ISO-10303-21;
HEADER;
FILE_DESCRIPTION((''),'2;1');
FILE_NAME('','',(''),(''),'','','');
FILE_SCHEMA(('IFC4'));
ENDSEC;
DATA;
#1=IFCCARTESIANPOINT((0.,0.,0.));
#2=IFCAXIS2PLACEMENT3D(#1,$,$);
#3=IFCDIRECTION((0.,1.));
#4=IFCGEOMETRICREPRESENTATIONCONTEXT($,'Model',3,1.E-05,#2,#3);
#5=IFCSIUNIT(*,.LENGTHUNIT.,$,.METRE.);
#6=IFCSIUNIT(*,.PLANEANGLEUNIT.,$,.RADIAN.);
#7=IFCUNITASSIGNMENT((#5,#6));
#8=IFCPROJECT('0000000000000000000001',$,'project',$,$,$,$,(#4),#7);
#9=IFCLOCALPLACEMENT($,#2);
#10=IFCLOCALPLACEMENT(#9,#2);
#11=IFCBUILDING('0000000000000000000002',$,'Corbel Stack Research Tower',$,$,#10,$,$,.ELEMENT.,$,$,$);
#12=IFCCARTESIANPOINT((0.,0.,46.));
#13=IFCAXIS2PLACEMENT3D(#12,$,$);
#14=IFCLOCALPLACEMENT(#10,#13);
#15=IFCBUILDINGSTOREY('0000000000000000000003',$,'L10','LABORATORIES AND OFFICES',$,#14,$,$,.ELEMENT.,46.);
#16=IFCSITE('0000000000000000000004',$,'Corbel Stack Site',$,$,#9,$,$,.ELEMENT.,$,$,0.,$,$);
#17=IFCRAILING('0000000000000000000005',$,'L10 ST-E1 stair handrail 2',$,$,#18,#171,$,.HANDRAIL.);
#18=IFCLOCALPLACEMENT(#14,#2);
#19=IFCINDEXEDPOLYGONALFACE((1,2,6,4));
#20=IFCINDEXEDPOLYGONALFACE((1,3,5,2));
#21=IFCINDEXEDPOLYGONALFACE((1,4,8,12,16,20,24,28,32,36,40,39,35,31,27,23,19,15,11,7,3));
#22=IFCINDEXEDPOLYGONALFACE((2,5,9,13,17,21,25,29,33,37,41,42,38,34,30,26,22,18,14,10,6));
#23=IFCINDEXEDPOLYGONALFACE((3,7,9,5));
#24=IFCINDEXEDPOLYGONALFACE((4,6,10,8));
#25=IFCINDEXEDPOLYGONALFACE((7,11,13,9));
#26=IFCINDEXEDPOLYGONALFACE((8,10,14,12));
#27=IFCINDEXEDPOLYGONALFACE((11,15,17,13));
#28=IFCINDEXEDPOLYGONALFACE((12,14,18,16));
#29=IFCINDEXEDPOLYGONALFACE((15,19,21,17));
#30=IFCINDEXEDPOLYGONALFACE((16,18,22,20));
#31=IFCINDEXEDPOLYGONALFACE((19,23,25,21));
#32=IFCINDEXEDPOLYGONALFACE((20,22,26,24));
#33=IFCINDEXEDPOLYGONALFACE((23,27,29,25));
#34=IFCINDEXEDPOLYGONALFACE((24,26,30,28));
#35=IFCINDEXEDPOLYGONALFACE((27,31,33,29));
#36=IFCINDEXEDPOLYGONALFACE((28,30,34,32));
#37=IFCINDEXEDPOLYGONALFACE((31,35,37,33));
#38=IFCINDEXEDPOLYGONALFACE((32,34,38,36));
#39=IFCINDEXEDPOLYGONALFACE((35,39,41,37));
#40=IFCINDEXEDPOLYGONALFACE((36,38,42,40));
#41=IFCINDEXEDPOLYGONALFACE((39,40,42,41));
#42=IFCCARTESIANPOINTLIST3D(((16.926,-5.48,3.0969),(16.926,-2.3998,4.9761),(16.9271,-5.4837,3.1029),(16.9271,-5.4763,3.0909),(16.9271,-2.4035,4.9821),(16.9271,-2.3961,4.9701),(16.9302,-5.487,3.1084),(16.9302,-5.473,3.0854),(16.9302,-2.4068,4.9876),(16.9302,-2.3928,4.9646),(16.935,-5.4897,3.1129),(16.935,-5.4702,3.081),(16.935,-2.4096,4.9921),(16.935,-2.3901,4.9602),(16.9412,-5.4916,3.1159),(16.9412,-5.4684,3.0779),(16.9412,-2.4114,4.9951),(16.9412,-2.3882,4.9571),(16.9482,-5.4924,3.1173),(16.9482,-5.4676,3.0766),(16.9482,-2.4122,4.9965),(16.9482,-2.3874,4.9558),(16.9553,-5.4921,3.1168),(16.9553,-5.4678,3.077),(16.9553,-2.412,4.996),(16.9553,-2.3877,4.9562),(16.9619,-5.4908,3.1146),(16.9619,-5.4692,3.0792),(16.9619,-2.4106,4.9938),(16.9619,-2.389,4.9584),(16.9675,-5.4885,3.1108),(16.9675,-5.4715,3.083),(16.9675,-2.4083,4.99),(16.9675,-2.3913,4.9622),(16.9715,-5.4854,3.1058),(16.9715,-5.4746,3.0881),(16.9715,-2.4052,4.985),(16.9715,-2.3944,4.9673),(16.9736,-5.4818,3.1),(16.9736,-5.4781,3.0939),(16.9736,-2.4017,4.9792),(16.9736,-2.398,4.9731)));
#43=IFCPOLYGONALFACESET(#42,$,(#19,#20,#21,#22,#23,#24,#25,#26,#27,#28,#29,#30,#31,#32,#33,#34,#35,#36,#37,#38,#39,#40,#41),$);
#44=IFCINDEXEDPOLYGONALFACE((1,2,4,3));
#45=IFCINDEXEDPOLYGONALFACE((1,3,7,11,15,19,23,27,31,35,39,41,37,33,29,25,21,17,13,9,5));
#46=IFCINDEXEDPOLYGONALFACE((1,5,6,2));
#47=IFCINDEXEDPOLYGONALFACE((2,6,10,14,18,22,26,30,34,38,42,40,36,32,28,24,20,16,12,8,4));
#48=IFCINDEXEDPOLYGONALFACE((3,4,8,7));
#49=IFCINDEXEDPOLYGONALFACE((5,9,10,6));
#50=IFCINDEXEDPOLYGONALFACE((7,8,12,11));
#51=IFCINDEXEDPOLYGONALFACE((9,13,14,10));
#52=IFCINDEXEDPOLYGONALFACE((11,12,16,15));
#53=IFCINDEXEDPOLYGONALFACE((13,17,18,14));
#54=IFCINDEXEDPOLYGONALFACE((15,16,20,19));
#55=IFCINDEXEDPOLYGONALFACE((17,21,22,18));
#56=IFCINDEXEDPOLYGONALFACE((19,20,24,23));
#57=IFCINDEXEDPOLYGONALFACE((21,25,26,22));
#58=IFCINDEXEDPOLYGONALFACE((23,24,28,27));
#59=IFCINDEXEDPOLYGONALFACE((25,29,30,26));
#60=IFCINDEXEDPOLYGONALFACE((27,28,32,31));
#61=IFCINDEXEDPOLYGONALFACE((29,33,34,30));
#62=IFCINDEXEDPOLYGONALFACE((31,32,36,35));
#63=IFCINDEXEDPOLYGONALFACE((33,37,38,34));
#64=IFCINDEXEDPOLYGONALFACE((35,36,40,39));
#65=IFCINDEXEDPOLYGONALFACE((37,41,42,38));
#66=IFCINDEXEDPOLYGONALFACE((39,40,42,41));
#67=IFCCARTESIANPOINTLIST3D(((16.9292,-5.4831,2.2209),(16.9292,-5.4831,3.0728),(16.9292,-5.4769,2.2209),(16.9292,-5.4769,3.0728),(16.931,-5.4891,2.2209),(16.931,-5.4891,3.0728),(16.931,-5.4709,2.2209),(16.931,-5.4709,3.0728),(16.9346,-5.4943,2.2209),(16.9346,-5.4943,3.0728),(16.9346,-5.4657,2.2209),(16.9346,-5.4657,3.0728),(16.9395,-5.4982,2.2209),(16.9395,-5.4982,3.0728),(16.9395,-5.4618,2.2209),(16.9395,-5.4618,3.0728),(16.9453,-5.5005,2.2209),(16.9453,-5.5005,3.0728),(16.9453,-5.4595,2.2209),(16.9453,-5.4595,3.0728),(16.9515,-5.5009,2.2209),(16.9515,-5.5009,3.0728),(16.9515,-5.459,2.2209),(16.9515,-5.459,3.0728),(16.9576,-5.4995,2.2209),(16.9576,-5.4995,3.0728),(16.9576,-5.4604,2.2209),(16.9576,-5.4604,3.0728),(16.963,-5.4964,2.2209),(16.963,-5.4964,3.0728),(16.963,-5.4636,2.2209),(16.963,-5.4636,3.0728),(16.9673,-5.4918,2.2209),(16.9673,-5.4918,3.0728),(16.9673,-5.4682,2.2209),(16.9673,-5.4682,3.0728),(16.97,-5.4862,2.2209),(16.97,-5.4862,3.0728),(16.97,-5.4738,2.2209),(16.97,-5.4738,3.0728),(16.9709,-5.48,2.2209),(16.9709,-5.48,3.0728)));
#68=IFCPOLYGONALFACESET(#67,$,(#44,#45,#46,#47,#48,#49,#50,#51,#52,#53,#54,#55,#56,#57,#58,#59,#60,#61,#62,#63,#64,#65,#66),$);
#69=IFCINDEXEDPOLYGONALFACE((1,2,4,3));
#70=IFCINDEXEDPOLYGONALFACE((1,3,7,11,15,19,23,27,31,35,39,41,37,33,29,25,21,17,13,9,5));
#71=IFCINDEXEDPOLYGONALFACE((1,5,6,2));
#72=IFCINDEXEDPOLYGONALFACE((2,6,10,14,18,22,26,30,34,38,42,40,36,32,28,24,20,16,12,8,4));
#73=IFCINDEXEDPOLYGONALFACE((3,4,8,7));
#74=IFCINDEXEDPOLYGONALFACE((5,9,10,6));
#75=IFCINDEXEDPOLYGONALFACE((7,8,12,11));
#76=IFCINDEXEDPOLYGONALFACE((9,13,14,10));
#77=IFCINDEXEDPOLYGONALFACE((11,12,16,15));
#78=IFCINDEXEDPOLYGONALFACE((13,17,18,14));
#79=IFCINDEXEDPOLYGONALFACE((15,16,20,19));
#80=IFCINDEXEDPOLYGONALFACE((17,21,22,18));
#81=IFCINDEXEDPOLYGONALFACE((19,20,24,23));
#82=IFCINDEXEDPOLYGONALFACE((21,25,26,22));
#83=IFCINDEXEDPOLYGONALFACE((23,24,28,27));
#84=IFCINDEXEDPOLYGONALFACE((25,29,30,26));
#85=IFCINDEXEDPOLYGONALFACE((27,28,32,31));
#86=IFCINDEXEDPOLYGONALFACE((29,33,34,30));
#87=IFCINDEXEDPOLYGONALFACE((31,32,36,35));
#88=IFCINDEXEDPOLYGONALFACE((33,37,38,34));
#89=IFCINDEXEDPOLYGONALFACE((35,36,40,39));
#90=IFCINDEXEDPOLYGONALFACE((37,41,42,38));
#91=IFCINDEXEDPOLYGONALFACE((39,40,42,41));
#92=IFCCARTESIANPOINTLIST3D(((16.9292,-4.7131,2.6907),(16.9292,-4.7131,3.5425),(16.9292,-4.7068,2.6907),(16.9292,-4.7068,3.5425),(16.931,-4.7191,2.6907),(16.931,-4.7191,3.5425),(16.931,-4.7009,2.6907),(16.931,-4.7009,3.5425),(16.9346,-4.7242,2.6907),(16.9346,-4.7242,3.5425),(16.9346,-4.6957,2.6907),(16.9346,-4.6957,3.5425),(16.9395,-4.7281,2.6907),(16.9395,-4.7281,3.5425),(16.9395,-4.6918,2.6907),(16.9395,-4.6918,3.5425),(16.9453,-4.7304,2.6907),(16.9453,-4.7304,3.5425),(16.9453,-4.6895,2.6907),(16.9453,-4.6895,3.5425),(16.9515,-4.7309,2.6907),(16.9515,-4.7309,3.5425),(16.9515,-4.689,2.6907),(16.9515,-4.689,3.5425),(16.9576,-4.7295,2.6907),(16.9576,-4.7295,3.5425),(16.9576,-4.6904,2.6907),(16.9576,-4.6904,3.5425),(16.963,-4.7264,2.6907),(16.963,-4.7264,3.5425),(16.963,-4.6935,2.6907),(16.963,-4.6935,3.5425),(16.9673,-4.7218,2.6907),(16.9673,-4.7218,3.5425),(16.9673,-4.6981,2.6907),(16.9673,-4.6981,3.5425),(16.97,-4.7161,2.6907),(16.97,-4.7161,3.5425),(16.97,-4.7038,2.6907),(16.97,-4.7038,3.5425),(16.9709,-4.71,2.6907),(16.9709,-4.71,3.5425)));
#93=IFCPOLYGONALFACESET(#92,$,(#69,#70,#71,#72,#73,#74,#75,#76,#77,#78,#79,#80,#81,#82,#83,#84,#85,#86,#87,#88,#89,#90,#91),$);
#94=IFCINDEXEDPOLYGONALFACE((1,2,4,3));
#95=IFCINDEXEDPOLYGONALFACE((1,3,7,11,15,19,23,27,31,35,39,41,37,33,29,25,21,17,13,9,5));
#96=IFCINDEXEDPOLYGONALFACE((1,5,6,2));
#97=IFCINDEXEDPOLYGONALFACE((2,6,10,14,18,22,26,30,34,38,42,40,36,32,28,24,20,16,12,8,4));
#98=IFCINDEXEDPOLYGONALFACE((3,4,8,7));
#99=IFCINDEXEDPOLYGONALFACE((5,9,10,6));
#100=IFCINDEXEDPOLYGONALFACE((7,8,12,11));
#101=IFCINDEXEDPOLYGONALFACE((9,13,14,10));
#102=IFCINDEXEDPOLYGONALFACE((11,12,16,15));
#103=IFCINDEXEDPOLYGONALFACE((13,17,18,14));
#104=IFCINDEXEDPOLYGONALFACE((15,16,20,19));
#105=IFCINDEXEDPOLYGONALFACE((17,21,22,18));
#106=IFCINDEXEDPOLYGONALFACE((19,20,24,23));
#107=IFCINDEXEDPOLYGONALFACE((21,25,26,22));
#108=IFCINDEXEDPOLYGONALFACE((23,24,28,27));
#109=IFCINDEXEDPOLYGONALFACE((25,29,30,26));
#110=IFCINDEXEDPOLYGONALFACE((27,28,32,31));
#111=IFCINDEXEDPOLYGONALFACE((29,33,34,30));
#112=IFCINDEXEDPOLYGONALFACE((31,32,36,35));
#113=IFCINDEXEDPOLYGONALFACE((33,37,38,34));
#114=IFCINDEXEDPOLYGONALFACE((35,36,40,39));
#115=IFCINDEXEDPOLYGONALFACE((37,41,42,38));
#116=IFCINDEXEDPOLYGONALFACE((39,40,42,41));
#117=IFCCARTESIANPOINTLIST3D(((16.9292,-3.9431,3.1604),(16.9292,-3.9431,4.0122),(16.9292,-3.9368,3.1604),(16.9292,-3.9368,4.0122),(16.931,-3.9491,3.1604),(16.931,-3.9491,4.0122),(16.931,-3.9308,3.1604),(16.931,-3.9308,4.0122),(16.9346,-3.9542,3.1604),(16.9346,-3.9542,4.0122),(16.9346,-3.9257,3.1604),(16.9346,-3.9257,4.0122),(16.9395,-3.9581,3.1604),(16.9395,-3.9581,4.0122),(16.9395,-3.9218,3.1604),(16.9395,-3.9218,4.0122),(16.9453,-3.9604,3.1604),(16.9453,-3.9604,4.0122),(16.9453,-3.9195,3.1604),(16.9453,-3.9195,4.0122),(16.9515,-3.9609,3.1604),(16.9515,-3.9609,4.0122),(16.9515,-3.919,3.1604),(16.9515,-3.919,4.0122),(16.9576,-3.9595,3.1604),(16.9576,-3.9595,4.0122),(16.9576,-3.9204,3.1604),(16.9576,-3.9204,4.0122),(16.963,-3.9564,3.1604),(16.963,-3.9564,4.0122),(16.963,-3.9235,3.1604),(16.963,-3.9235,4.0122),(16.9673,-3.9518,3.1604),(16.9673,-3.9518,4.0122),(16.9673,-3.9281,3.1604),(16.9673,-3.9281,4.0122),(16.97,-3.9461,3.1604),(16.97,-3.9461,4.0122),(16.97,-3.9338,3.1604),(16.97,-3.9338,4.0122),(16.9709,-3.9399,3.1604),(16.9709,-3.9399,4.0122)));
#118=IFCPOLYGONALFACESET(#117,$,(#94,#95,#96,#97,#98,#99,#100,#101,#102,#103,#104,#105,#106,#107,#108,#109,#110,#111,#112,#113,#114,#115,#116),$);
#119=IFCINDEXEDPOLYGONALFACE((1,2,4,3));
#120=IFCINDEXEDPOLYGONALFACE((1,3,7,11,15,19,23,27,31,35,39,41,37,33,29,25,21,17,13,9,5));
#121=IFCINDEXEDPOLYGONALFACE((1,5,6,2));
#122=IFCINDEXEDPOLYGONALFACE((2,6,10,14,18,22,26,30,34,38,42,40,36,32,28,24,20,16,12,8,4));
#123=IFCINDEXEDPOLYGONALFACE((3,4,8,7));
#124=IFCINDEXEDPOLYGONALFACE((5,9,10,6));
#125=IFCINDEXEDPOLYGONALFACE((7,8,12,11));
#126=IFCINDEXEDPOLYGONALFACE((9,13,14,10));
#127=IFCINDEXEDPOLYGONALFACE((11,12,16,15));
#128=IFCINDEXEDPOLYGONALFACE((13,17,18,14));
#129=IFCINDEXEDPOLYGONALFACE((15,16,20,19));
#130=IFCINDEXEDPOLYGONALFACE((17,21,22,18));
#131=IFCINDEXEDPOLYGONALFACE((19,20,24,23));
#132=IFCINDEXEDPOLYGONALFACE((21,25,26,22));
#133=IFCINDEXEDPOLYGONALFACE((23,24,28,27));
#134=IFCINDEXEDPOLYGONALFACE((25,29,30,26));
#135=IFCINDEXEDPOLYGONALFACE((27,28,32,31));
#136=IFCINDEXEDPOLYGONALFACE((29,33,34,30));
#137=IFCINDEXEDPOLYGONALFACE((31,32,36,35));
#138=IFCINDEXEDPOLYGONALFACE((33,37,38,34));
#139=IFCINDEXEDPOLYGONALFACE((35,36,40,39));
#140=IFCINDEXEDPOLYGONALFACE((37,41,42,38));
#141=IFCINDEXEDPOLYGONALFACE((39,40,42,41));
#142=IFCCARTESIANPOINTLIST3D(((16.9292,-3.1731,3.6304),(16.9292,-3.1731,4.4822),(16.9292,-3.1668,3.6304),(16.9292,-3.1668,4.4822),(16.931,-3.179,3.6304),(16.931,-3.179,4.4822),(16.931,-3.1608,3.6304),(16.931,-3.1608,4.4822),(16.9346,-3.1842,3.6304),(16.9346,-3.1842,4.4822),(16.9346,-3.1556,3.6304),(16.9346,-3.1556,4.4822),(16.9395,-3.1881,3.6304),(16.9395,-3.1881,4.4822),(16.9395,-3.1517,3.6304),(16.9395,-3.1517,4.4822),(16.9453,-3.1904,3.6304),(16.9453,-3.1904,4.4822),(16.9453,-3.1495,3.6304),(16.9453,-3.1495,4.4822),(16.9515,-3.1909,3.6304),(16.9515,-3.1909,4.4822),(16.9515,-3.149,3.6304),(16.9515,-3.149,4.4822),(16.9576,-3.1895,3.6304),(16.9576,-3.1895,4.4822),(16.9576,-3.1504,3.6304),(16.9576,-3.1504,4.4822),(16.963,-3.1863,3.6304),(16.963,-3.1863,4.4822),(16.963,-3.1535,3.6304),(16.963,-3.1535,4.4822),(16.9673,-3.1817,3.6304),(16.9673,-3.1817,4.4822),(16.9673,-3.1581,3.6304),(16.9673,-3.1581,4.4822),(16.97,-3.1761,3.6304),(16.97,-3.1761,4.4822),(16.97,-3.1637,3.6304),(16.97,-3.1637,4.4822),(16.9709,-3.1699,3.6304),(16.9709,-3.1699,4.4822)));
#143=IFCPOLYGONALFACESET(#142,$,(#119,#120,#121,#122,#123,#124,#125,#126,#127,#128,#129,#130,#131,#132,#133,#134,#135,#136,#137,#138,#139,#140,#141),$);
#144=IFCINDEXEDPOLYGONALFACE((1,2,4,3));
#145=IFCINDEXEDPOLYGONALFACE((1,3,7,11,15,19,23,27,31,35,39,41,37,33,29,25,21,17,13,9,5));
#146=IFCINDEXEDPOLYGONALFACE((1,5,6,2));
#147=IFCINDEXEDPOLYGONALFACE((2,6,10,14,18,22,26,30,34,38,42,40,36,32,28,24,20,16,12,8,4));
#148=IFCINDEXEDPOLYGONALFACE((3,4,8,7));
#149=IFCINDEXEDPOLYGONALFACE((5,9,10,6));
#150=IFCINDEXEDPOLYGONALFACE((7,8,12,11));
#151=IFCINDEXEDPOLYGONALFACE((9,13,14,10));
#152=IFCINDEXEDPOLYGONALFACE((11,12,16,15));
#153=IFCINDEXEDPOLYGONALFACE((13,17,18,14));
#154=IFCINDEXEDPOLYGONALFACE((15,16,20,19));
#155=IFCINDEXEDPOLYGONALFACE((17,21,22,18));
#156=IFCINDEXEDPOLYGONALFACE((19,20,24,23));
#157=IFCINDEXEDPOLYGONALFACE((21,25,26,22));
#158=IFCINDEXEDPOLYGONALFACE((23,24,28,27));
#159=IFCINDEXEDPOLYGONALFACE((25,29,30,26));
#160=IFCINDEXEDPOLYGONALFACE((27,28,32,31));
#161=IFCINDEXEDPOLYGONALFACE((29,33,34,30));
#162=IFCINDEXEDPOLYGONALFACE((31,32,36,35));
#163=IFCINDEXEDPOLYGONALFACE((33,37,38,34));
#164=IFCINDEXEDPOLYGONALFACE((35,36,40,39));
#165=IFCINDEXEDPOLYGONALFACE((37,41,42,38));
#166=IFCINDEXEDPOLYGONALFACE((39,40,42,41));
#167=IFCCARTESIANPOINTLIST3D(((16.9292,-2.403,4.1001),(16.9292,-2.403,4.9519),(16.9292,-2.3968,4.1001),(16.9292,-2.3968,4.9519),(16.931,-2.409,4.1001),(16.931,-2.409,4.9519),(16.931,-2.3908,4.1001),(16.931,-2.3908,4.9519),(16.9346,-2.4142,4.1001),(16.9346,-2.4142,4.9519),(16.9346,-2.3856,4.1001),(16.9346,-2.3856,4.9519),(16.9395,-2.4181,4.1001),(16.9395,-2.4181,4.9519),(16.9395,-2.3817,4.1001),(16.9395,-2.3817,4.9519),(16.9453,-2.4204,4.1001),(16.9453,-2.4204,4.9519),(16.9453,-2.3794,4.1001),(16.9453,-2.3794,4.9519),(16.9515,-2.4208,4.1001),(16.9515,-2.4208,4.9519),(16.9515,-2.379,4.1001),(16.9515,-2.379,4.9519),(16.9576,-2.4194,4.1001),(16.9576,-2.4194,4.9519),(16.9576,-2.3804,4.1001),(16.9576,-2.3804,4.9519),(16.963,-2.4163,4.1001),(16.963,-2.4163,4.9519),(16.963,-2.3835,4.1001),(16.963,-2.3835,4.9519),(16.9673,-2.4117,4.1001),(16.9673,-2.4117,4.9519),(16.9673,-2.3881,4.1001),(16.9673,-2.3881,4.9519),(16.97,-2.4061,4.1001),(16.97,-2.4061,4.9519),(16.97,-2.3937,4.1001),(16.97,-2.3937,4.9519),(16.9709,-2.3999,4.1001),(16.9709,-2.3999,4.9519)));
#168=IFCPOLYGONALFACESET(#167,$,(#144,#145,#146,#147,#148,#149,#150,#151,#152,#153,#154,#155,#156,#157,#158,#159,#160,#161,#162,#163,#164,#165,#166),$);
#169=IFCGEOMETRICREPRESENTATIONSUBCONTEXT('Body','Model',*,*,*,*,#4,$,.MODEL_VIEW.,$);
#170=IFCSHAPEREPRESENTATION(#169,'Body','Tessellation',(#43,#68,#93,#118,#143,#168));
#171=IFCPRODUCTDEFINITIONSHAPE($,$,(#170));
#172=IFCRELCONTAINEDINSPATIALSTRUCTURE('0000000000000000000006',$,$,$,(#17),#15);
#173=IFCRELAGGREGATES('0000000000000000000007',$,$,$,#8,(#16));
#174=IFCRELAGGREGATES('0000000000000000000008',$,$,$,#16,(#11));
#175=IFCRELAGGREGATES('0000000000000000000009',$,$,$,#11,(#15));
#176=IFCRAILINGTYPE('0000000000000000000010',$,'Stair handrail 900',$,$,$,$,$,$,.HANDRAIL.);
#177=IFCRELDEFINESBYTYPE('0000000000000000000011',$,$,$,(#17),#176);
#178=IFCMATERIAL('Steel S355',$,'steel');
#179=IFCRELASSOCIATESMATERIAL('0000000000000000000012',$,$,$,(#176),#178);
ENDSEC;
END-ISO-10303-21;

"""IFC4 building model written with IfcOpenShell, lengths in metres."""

from ifc_helpers import new_model, si_unit, direction, frame, origin, origin_2d, place, context, subcontext, project, spatial, circle, extrude, material, type_object, element, save


model = new_model("IFC4")

# Units and contexts
model_context = context("Model", 3, precision=1e-05, world=origin(), true_north=direction((0.0, 1.0)))
body_context = subcontext(model_context, "Body", "Model", "MODEL_VIEW")
ifc_project = project(units=[si_unit("LENGTHUNIT", "METRE"), si_unit("PLANEANGLEUNIT", "RADIAN")], contexts=[model_context])

# Site, building, storey
site_placement = place(None, origin())
site = spatial("IfcSite", under=ifc_project, at=site_placement, Name="Corbel Stack Site", CompositionType="ELEMENT", RefElevation=0.0)
building_placement = place(site_placement, origin())
building = spatial("IfcBuilding", under=site, at=building_placement, Name="Corbel Stack Research Tower", CompositionType="ELEMENT")
storey_placement = place(building_placement, frame((0.0, 0.0, 46.0)))
storey = spatial("IfcBuildingStorey", under=building, at=storey_placement, Name="L10", Description="LABORATORIES AND OFFICES", CompositionType="ELEMENT", Elevation=46.0)

# Railing
ifc_material_1 = material(Name="Steel S355", Category="steel")
railing_type_1 = type_object("IfcRailingType", Name="Stair handrail 900", PredefinedType="HANDRAIL", material=ifc_material_1)
railing_1_placement = place(storey_placement, frame((16.95, -5.48, 2.2209)))
element("IfcRailing", 1, at=railing_1_placement, inside=storey, type_object=railing_type_1, Name="L10 ST-E1 stair handrail 2", PredefinedType="HANDRAIL", context=body_context, shape_type="SweptSolid", body=[
    extrude(circle(Radius=0.0239, at=origin_2d()), frame((0.0, 0.0, 0.876), z_axis=(0.0, 0.853666, 0.52082), x_axis=(-1.0, 0.0, 0.0)), (0.0, 0.0, 1.0), 3.6082),
    extrude(circle(Radius=0.021, at=origin_2d()), origin(), (0.0, 0.0, 1.0), 0.8518),
    extrude(circle(Radius=0.021, at=origin_2d()), frame((0.0, 0.77, 0.4697)), (0.0, 0.0, 1.0), 0.8518),
    extrude(circle(Radius=0.021, at=origin_2d()), frame((0.0, 1.54, 0.9395)), (0.0, 0.0, 1.0), 0.8518),
    extrude(circle(Radius=0.021, at=origin_2d()), frame((0.0, 2.3101, 1.4094)), (0.0, 0.0, 1.0), 0.8518),
    extrude(circle(Radius=0.021, at=origin_2d()), frame((0.0, 3.0801, 1.8792)), (0.0, 0.0, 1.0), 0.8518),
])

save(model, "model.ifc")
